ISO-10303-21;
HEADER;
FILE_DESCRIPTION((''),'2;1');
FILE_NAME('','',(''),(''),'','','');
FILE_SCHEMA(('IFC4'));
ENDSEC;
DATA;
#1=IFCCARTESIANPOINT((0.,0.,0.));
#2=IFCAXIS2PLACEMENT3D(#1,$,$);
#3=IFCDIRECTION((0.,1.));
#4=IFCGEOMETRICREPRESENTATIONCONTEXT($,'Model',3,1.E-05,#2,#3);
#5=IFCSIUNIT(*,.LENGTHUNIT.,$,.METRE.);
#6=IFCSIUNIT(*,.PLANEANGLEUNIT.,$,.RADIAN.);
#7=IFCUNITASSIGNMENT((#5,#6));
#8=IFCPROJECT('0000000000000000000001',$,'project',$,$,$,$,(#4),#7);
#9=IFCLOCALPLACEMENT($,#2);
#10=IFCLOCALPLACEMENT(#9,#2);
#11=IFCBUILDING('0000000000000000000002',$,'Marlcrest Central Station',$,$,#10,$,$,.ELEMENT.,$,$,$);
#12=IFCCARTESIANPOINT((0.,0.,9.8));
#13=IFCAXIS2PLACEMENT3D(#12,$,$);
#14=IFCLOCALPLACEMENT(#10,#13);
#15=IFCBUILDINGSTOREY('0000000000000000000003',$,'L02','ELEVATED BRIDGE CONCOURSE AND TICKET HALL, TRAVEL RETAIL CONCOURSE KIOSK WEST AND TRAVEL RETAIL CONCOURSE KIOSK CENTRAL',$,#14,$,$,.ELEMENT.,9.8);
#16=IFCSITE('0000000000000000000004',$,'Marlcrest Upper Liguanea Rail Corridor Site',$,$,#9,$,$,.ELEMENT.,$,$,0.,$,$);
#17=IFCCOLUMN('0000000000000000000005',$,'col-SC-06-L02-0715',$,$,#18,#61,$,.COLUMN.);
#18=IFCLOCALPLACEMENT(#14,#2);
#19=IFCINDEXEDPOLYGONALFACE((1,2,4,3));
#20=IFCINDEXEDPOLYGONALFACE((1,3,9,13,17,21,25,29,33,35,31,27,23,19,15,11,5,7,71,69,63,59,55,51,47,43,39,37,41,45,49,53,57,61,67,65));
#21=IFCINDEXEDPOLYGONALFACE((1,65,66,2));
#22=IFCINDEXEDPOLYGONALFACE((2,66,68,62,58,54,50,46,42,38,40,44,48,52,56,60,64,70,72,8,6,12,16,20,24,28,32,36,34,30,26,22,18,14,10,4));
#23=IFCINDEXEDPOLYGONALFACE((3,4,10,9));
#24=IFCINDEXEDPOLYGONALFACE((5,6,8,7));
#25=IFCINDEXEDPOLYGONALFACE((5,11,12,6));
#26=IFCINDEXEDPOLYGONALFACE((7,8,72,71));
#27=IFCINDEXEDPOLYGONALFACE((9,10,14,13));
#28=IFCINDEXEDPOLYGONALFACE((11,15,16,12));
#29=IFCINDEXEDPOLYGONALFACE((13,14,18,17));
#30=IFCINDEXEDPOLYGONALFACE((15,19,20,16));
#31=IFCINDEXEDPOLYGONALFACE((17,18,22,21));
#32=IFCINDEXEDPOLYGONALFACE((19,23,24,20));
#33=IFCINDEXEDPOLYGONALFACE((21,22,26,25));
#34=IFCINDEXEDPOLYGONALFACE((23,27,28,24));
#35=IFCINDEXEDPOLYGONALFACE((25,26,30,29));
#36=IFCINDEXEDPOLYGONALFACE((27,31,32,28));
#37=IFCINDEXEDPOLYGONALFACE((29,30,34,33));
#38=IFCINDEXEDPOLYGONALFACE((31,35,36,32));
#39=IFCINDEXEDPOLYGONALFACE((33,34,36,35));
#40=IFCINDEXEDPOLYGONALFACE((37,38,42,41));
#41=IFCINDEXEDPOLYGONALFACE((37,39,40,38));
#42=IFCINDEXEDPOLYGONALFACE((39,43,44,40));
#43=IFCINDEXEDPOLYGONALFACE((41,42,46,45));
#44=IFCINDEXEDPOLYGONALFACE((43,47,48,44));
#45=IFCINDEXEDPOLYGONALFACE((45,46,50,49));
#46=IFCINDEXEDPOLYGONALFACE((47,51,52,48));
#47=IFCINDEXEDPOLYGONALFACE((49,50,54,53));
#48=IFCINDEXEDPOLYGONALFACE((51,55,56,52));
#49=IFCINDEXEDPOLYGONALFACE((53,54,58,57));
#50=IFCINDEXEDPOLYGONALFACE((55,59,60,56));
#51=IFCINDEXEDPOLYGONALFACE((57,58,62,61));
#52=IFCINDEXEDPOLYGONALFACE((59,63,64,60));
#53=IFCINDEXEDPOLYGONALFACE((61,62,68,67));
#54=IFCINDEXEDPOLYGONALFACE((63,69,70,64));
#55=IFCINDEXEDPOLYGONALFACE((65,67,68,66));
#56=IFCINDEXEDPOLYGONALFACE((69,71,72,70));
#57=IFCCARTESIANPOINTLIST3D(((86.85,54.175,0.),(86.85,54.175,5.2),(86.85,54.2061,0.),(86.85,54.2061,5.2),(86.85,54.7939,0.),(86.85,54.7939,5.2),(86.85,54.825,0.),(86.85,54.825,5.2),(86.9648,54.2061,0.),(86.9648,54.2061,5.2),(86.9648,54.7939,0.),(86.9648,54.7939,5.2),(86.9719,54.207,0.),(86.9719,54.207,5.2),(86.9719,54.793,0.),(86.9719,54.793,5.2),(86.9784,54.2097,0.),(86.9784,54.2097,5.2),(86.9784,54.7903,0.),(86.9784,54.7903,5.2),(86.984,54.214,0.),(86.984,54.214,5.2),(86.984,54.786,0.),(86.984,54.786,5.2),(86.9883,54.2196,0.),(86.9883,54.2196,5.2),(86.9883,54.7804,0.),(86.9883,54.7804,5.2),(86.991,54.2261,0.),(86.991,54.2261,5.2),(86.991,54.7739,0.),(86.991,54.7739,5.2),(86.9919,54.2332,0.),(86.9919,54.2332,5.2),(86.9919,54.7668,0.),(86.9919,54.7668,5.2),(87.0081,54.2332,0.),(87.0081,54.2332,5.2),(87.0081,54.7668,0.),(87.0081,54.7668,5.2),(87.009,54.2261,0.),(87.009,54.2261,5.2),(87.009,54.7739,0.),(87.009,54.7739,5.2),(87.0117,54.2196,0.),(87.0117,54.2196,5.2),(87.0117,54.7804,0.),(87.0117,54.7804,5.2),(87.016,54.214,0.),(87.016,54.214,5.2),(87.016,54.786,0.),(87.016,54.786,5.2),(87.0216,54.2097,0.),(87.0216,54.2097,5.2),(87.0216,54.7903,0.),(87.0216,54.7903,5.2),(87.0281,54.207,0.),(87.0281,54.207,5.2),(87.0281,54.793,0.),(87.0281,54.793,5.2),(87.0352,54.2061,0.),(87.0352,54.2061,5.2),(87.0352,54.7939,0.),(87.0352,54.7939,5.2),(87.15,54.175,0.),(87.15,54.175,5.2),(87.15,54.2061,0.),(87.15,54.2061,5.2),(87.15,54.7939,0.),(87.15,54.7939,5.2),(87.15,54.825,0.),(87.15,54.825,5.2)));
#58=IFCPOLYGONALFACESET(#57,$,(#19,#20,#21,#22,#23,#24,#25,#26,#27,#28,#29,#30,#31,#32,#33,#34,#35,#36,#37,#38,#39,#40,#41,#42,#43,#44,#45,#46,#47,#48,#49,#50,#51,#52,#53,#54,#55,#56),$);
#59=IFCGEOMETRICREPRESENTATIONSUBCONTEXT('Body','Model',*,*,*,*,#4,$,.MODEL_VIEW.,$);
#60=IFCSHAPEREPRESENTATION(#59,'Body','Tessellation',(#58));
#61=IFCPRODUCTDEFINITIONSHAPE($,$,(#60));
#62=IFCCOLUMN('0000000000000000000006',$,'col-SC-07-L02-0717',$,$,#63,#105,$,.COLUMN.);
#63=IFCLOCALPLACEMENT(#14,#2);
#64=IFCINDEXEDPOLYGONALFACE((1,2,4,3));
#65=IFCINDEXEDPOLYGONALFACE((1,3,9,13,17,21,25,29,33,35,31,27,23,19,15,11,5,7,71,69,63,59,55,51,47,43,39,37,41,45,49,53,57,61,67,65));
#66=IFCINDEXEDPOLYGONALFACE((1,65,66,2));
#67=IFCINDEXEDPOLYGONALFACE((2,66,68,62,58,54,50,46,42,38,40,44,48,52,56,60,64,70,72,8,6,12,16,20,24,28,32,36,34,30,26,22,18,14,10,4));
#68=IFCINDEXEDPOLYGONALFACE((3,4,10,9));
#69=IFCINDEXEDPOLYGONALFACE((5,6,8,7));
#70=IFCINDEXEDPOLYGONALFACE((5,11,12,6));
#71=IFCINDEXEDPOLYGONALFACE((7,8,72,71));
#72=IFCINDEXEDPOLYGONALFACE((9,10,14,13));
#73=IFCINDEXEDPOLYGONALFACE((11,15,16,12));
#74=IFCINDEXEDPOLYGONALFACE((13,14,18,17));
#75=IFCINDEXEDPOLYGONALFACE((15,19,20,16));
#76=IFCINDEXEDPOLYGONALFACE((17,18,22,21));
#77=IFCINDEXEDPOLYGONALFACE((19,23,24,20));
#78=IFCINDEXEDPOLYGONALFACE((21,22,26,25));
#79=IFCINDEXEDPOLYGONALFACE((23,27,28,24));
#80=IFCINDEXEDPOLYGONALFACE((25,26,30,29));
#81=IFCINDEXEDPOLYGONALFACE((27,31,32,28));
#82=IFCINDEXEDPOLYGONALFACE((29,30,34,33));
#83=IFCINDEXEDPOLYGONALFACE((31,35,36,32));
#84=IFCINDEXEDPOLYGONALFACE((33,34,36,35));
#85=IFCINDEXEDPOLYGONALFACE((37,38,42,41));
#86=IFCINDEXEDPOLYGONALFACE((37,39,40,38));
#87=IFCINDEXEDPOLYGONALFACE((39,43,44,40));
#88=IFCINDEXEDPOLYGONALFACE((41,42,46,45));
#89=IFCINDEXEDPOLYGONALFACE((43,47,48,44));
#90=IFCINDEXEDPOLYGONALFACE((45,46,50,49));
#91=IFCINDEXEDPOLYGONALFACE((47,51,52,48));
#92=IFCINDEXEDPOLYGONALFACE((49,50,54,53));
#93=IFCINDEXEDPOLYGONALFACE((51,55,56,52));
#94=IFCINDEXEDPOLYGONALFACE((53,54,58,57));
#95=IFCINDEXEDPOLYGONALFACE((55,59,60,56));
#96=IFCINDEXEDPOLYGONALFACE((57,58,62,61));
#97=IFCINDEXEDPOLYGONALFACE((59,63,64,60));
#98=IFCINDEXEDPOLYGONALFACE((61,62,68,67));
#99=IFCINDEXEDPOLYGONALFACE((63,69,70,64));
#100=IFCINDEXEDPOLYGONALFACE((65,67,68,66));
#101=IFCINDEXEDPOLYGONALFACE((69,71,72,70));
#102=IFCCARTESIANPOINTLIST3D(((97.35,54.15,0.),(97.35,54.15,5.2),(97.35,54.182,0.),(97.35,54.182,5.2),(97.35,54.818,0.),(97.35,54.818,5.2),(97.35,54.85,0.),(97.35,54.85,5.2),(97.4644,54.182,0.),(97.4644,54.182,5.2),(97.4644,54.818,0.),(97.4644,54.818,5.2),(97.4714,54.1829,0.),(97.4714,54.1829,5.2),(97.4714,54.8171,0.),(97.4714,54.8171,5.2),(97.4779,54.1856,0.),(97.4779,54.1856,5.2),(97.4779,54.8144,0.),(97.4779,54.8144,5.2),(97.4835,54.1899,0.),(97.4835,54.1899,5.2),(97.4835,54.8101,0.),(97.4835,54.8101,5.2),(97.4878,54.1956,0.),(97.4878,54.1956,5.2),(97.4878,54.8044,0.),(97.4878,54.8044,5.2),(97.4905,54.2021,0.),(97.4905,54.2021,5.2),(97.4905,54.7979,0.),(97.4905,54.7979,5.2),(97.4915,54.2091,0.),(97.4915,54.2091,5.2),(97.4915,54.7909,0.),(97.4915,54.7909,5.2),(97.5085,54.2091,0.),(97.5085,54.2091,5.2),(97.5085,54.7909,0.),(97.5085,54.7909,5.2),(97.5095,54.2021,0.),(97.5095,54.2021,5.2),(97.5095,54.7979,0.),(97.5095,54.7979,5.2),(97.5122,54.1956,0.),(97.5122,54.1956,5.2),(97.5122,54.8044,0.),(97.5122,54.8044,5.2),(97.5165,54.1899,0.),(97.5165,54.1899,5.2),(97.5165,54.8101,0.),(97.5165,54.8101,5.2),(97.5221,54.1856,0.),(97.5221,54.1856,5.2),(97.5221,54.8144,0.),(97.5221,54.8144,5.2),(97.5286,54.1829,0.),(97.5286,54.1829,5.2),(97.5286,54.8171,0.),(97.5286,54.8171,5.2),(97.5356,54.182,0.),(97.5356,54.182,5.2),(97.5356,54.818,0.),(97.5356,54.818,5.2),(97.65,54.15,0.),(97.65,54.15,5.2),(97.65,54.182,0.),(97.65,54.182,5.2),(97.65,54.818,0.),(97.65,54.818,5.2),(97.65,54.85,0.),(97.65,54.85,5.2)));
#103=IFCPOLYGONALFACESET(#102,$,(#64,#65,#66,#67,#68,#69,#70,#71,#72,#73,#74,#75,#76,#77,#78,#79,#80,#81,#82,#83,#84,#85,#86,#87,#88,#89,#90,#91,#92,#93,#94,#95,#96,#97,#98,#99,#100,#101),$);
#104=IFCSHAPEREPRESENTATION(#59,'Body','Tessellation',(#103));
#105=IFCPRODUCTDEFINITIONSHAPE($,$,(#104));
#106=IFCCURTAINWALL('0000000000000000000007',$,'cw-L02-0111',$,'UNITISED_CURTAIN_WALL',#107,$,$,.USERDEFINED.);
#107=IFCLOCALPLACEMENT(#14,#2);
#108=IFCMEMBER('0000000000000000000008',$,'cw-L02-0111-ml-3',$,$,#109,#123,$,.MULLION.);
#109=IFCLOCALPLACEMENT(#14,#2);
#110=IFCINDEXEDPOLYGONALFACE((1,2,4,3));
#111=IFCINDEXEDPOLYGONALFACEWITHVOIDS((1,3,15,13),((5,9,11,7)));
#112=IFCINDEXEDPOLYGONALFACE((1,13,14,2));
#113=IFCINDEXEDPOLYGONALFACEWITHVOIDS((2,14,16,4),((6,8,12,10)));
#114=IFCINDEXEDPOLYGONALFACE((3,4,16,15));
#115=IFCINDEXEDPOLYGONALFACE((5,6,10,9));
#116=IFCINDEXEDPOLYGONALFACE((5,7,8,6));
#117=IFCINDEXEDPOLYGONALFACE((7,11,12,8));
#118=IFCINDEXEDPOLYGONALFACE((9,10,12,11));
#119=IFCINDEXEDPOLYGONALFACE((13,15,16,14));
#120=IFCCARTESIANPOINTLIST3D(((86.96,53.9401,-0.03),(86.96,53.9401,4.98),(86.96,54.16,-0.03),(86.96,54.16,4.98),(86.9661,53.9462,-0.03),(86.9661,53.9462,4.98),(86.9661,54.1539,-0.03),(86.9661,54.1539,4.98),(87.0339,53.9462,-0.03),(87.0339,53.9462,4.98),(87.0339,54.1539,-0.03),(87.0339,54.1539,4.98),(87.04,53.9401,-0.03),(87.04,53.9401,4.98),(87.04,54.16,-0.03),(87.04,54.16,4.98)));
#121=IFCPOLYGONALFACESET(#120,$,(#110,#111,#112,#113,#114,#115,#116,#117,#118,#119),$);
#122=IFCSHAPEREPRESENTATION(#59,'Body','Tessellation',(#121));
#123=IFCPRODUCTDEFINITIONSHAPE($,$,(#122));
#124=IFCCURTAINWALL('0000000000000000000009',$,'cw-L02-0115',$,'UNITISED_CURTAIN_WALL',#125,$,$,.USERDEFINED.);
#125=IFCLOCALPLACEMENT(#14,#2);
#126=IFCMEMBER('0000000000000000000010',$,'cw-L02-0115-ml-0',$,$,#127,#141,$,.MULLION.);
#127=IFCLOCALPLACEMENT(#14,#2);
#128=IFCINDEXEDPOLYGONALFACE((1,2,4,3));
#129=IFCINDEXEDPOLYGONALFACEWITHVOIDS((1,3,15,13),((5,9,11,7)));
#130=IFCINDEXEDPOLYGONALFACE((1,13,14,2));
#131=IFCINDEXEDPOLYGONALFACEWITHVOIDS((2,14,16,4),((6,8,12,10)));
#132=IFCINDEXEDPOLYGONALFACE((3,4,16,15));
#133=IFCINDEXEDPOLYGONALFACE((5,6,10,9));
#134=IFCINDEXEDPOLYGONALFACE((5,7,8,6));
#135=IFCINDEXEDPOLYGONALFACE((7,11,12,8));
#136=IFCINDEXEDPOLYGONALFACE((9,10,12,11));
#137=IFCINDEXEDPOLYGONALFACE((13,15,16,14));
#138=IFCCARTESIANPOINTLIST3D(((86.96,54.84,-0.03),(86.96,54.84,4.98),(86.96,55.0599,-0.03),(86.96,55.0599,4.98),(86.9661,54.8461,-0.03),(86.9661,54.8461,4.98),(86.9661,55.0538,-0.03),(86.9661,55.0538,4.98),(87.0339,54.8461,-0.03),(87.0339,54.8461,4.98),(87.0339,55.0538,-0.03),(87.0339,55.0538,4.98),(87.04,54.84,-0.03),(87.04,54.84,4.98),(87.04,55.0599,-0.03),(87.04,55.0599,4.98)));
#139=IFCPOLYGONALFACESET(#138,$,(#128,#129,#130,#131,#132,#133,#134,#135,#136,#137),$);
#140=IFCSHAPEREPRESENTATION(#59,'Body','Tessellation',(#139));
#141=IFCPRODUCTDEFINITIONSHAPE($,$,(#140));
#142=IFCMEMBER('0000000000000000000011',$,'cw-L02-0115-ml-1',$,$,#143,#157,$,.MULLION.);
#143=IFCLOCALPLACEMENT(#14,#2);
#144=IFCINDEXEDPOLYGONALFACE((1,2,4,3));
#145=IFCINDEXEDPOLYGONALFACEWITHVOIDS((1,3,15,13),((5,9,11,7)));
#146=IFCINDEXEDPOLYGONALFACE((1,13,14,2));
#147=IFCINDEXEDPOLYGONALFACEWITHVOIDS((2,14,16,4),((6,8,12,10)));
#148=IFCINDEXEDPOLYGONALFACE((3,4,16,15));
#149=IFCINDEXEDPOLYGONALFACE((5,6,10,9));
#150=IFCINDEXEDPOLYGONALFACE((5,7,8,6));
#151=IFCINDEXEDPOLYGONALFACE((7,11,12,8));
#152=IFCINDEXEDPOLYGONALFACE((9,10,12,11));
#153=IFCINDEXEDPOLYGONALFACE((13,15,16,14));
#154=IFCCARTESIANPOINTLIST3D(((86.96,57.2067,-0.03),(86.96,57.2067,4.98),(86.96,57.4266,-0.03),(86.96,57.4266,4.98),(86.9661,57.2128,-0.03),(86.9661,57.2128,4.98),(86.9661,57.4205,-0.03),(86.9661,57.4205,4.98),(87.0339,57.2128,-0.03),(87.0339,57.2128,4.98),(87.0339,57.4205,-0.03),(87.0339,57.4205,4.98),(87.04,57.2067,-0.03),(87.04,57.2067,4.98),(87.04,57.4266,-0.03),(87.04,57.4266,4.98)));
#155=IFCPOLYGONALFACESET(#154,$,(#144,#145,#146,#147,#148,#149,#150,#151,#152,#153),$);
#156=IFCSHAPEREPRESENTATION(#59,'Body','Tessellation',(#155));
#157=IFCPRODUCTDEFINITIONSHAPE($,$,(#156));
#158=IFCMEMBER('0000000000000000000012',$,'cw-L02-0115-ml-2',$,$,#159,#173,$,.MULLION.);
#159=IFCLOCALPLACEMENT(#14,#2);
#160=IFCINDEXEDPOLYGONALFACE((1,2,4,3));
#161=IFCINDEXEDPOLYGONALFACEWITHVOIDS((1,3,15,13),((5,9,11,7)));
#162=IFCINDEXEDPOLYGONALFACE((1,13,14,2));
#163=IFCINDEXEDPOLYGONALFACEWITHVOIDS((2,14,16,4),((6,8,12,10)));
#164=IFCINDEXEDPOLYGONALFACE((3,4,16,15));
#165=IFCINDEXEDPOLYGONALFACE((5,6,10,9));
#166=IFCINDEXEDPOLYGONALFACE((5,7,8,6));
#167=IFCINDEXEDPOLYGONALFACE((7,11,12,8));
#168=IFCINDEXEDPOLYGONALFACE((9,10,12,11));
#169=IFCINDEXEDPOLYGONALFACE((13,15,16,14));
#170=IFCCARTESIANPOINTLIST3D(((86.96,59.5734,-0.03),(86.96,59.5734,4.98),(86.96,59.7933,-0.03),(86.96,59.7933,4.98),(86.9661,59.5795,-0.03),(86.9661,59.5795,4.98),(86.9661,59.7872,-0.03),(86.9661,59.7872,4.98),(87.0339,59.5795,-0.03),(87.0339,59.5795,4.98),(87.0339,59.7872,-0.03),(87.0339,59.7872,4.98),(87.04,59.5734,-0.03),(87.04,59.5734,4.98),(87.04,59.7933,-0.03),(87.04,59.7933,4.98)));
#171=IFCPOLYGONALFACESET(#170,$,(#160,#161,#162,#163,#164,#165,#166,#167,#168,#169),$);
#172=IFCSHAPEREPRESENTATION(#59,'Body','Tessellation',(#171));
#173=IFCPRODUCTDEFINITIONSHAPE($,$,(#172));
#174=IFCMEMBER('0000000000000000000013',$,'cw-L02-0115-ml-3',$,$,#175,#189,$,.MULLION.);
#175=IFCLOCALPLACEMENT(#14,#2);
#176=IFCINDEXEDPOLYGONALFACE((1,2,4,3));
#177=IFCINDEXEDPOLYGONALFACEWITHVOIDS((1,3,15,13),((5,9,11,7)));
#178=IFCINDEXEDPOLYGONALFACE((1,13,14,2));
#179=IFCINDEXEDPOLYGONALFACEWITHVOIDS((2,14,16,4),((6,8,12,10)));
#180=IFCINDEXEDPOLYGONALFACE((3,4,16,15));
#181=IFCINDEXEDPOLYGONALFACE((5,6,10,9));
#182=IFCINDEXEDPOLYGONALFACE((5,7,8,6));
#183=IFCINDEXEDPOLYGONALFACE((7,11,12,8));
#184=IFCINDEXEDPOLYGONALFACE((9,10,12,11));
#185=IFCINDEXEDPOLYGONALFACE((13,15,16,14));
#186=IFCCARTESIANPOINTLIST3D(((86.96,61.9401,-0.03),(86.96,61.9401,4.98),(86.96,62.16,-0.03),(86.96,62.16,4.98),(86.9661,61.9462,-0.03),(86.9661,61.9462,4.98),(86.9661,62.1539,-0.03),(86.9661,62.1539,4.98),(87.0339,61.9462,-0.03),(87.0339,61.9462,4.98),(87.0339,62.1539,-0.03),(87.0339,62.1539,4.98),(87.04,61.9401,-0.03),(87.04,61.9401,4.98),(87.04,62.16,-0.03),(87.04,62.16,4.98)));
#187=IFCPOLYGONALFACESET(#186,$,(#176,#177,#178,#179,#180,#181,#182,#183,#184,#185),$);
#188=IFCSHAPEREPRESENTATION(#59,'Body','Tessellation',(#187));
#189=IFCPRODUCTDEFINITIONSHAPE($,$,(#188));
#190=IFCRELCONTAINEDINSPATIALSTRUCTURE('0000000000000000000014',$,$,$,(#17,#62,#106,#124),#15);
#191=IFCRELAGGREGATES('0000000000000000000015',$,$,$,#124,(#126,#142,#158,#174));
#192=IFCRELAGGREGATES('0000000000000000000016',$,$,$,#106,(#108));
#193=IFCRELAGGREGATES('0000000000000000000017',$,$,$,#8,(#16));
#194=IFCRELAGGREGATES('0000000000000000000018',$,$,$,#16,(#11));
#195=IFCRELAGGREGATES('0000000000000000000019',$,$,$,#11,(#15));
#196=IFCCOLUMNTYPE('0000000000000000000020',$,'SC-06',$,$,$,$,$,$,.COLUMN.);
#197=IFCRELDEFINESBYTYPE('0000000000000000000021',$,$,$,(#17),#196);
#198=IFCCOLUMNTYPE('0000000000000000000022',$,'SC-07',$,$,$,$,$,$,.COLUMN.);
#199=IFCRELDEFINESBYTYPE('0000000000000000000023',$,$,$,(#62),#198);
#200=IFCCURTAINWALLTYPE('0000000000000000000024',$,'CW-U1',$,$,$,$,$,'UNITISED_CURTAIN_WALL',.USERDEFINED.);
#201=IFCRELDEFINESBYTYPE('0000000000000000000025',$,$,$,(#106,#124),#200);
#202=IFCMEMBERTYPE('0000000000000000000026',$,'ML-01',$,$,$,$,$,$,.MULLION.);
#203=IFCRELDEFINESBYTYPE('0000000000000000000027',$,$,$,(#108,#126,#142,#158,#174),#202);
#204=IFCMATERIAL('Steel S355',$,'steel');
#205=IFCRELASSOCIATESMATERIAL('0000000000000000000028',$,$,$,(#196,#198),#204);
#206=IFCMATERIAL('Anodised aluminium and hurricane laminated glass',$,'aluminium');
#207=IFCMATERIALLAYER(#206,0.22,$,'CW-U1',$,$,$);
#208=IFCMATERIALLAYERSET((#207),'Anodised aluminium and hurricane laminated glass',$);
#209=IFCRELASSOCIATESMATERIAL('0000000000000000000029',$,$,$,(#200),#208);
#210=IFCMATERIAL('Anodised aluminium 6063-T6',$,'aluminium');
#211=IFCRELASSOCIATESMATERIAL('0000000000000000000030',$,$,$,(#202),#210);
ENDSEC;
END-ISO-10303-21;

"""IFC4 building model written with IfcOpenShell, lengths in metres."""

from ifc_helpers import new_model, si_unit, direction, frame, origin, origin_2d, place, context, subcontext, project, spatial, hollow_rectangle, i_section, extrude, material, layer, layer_set, material_profile, profile_set, type_object, element, aggregate, save


model = new_model("IFC4")

# Units and contexts
model_context = context("Model", 3, precision=1e-05, world=origin(), true_north=direction((0.0, 1.0)))
body_context = subcontext(model_context, "Body", "Model", "MODEL_VIEW")
ifc_project = project(units=[si_unit("LENGTHUNIT", "METRE"), si_unit("PLANEANGLEUNIT", "RADIAN")], contexts=[model_context])

# Site, building, storey
site_placement = place(None, origin())
site = spatial("IfcSite", under=ifc_project, at=site_placement, Name="Marlcrest Upper Liguanea Rail Corridor Site", CompositionType="ELEMENT", RefElevation=0.0)
building_placement = place(site_placement, origin())
building = spatial("IfcBuilding", under=site, at=building_placement, Name="Marlcrest Central Station", CompositionType="ELEMENT")
storey_placement = place(building_placement, frame((0.0, 0.0, 9.8)))
storey = spatial("IfcBuildingStorey", under=building, at=storey_placement, Name="L02", Description="ELEVATED BRIDGE CONCOURSE AND TICKET HALL, TRAVEL RETAIL CONCOURSE KIOSK WEST AND TRAVEL RETAIL CONCOURSE KIOSK CENTRAL", CompositionType="ELEMENT", Elevation=9.8)

# Columns
ifc_material_1 = material(Name="Steel S355", Category="steel")
ifc_material_profile_1 = material_profile(ifc_material_1, i_section(OverallWidth=0.3, OverallDepth=0.6499, WebThickness=0.0161, FlangeThickness=0.031, FilletRadius=0.0271, at=origin_2d()), Name="HEB 650")
ifc_profile_set_1 = profile_set([ifc_material_profile_1], Name="Steel S355")
column_type_1 = type_object("IfcColumnType", Name="SC-06", PredefinedType="COLUMN", material=ifc_profile_set_1)
column_1_placement = place(storey_placement, frame((87.0, 54.5, 0.0), z_axis=(0.0, 0.0, 1.0), x_axis=(1.0, 0.0, 0.0)))
element("IfcColumn", 1, at=column_1_placement, inside=storey, type_object=column_type_1, Name="col-SC-06-L02-0715", PredefinedType="COLUMN", context=body_context, shape_type="SweptSolid", body=[
    extrude(i_section(OverallWidth=0.3, OverallDepth=0.6499, WebThickness=0.0161, FlangeThickness=0.031, FilletRadius=0.0271, at=origin_2d()), origin(), (0.0, 0.0, 1.0), 5.2),
])
ifc_material_profile_2 = material_profile(ifc_material_1, i_section(OverallWidth=0.3, OverallDepth=0.7, WebThickness=0.0171, FlangeThickness=0.032, FilletRadius=0.0271, at=origin_2d()), Name="HEB 700")
ifc_profile_set_2 = profile_set([ifc_material_profile_2], Name="Steel S355")
column_type_2 = type_object("IfcColumnType", Name="SC-07", PredefinedType="COLUMN", material=ifc_profile_set_2)
column_2_placement = place(storey_placement, frame((97.5, 54.5, 0.0), z_axis=(0.0, 0.0, 1.0), x_axis=(1.0, 0.0, 0.0)))
element("IfcColumn", 2, at=column_2_placement, inside=storey, type_object=column_type_2, Name="col-SC-07-L02-0717", PredefinedType="COLUMN", context=body_context, shape_type="SweptSolid", body=[
    extrude(i_section(OverallWidth=0.3, OverallDepth=0.7, WebThickness=0.0171, FlangeThickness=0.032, FilletRadius=0.0271, at=origin_2d()), origin(), (0.0, 0.0, 1.0), 5.2),
])

# Curtain wall, member
ifc_material_2 = material(Name="Anodised aluminium and hurricane laminated glass", Category="aluminium")
ifc_layer_1 = layer(ifc_material_2, 0.22, Name="CW-U1")
ifc_layer_set_1 = layer_set([ifc_layer_1], Name="Anodised aluminium and hurricane laminated glass")
curtain_wall_type = type_object("IfcCurtainWallType", Name="CW-U1", ElementType="UNITISED_CURTAIN_WALL", PredefinedType="USERDEFINED", material=ifc_layer_set_1)
curtain_wall_1_placement = place(storey_placement, origin())
curtain_wall_1 = element("IfcCurtainWall", 3, at=curtain_wall_1_placement, inside=storey, type_object=curtain_wall_type, Name="cw-L02-0111", ObjectType="UNITISED_CURTAIN_WALL", PredefinedType="USERDEFINED")
ifc_material_3 = material(Name="Anodised aluminium 6063-T6", Category="aluminium")
ifc_material_profile_3 = material_profile(ifc_material_3, hollow_rectangle(XDim=0.0801, YDim=0.22, WallThickness=0.0061, at=origin_2d()), Name="AA-RHS 220x80x6")
ifc_profile_set_3 = profile_set([ifc_material_profile_3], Name="Anodised aluminium 6063-T6")
member_type_1 = type_object("IfcMemberType", Name="ML-01", PredefinedType="MULLION", material=ifc_profile_set_3)
member_1_placement = place(storey_placement, frame((87.0, 54.05, -0.03), z_axis=(0.0, 0.0, 1.0), x_axis=(1.0, 0.0, 0.0)))
member_1 = element("IfcMember", 4, at=member_1_placement, type_object=member_type_1, Name="cw-L02-0111-ml-3", PredefinedType="MULLION", context=body_context, shape_type="SweptSolid", body=[
    extrude(hollow_rectangle(XDim=0.0801, YDim=0.22, WallThickness=0.0061, at=origin_2d()), origin(), (0.0, 0.0, 1.0), 5.01),
])

# Curtain wall, members
curtain_wall_2_placement = place(storey_placement, origin())
curtain_wall_2 = element("IfcCurtainWall", 5, at=curtain_wall_2_placement, inside=storey, type_object=curtain_wall_type, Name="cw-L02-0115", ObjectType="UNITISED_CURTAIN_WALL", PredefinedType="USERDEFINED")
member_2_placement = place(storey_placement, frame((87.0, 54.95, -0.03), z_axis=(0.0, 0.0, 1.0), x_axis=(1.0, 0.0, 0.0)))
member_2 = element("IfcMember", 6, at=member_2_placement, type_object=member_type_1, Name="cw-L02-0115-ml-0", PredefinedType="MULLION", context=body_context, shape_type="SweptSolid", body=[
    extrude(hollow_rectangle(XDim=0.0801, YDim=0.22, WallThickness=0.0061, at=origin_2d()), origin(), (0.0, 0.0, 1.0), 5.01),
])
member_3_placement = place(storey_placement, frame((87.0, 57.3167, -0.03), z_axis=(0.0, 0.0, 1.0), x_axis=(1.0, 0.0, 0.0)))
member_3 = element("IfcMember", 7, at=member_3_placement, type_object=member_type_1, Name="cw-L02-0115-ml-1", PredefinedType="MULLION", context=body_context, shape_type="SweptSolid", body=[
    extrude(hollow_rectangle(XDim=0.0801, YDim=0.22, WallThickness=0.0061, at=origin_2d()), origin(), (0.0, 0.0, 1.0), 5.01),
])
member_4_placement = place(storey_placement, frame((87.0, 59.6833, -0.03), z_axis=(0.0, 0.0, 1.0), x_axis=(1.0, 0.0, 0.0)))
member_4 = element("IfcMember", 8, at=member_4_placement, type_object=member_type_1, Name="cw-L02-0115-ml-2", PredefinedType="MULLION", context=body_context, shape_type="SweptSolid", body=[
    extrude(hollow_rectangle(XDim=0.0801, YDim=0.22, WallThickness=0.0061, at=origin_2d()), origin(), (0.0, 0.0, 1.0), 5.01),
])
member_5_placement = place(storey_placement, frame((87.0, 62.05, -0.03), z_axis=(0.0, 0.0, 1.0), x_axis=(1.0, 0.0, 0.0)))
member_5 = element("IfcMember", 9, at=member_5_placement, type_object=member_type_1, Name="cw-L02-0115-ml-3", PredefinedType="MULLION", context=body_context, shape_type="SweptSolid", body=[
    extrude(hollow_rectangle(XDim=0.0801, YDim=0.22, WallThickness=0.0061, at=origin_2d()), origin(), (0.0, 0.0, 1.0), 5.01),
])

aggregate(curtain_wall_2, [member_2, member_3, member_4, member_5])
aggregate(curtain_wall_1, [member_1])

save(model, "model.ifc")
